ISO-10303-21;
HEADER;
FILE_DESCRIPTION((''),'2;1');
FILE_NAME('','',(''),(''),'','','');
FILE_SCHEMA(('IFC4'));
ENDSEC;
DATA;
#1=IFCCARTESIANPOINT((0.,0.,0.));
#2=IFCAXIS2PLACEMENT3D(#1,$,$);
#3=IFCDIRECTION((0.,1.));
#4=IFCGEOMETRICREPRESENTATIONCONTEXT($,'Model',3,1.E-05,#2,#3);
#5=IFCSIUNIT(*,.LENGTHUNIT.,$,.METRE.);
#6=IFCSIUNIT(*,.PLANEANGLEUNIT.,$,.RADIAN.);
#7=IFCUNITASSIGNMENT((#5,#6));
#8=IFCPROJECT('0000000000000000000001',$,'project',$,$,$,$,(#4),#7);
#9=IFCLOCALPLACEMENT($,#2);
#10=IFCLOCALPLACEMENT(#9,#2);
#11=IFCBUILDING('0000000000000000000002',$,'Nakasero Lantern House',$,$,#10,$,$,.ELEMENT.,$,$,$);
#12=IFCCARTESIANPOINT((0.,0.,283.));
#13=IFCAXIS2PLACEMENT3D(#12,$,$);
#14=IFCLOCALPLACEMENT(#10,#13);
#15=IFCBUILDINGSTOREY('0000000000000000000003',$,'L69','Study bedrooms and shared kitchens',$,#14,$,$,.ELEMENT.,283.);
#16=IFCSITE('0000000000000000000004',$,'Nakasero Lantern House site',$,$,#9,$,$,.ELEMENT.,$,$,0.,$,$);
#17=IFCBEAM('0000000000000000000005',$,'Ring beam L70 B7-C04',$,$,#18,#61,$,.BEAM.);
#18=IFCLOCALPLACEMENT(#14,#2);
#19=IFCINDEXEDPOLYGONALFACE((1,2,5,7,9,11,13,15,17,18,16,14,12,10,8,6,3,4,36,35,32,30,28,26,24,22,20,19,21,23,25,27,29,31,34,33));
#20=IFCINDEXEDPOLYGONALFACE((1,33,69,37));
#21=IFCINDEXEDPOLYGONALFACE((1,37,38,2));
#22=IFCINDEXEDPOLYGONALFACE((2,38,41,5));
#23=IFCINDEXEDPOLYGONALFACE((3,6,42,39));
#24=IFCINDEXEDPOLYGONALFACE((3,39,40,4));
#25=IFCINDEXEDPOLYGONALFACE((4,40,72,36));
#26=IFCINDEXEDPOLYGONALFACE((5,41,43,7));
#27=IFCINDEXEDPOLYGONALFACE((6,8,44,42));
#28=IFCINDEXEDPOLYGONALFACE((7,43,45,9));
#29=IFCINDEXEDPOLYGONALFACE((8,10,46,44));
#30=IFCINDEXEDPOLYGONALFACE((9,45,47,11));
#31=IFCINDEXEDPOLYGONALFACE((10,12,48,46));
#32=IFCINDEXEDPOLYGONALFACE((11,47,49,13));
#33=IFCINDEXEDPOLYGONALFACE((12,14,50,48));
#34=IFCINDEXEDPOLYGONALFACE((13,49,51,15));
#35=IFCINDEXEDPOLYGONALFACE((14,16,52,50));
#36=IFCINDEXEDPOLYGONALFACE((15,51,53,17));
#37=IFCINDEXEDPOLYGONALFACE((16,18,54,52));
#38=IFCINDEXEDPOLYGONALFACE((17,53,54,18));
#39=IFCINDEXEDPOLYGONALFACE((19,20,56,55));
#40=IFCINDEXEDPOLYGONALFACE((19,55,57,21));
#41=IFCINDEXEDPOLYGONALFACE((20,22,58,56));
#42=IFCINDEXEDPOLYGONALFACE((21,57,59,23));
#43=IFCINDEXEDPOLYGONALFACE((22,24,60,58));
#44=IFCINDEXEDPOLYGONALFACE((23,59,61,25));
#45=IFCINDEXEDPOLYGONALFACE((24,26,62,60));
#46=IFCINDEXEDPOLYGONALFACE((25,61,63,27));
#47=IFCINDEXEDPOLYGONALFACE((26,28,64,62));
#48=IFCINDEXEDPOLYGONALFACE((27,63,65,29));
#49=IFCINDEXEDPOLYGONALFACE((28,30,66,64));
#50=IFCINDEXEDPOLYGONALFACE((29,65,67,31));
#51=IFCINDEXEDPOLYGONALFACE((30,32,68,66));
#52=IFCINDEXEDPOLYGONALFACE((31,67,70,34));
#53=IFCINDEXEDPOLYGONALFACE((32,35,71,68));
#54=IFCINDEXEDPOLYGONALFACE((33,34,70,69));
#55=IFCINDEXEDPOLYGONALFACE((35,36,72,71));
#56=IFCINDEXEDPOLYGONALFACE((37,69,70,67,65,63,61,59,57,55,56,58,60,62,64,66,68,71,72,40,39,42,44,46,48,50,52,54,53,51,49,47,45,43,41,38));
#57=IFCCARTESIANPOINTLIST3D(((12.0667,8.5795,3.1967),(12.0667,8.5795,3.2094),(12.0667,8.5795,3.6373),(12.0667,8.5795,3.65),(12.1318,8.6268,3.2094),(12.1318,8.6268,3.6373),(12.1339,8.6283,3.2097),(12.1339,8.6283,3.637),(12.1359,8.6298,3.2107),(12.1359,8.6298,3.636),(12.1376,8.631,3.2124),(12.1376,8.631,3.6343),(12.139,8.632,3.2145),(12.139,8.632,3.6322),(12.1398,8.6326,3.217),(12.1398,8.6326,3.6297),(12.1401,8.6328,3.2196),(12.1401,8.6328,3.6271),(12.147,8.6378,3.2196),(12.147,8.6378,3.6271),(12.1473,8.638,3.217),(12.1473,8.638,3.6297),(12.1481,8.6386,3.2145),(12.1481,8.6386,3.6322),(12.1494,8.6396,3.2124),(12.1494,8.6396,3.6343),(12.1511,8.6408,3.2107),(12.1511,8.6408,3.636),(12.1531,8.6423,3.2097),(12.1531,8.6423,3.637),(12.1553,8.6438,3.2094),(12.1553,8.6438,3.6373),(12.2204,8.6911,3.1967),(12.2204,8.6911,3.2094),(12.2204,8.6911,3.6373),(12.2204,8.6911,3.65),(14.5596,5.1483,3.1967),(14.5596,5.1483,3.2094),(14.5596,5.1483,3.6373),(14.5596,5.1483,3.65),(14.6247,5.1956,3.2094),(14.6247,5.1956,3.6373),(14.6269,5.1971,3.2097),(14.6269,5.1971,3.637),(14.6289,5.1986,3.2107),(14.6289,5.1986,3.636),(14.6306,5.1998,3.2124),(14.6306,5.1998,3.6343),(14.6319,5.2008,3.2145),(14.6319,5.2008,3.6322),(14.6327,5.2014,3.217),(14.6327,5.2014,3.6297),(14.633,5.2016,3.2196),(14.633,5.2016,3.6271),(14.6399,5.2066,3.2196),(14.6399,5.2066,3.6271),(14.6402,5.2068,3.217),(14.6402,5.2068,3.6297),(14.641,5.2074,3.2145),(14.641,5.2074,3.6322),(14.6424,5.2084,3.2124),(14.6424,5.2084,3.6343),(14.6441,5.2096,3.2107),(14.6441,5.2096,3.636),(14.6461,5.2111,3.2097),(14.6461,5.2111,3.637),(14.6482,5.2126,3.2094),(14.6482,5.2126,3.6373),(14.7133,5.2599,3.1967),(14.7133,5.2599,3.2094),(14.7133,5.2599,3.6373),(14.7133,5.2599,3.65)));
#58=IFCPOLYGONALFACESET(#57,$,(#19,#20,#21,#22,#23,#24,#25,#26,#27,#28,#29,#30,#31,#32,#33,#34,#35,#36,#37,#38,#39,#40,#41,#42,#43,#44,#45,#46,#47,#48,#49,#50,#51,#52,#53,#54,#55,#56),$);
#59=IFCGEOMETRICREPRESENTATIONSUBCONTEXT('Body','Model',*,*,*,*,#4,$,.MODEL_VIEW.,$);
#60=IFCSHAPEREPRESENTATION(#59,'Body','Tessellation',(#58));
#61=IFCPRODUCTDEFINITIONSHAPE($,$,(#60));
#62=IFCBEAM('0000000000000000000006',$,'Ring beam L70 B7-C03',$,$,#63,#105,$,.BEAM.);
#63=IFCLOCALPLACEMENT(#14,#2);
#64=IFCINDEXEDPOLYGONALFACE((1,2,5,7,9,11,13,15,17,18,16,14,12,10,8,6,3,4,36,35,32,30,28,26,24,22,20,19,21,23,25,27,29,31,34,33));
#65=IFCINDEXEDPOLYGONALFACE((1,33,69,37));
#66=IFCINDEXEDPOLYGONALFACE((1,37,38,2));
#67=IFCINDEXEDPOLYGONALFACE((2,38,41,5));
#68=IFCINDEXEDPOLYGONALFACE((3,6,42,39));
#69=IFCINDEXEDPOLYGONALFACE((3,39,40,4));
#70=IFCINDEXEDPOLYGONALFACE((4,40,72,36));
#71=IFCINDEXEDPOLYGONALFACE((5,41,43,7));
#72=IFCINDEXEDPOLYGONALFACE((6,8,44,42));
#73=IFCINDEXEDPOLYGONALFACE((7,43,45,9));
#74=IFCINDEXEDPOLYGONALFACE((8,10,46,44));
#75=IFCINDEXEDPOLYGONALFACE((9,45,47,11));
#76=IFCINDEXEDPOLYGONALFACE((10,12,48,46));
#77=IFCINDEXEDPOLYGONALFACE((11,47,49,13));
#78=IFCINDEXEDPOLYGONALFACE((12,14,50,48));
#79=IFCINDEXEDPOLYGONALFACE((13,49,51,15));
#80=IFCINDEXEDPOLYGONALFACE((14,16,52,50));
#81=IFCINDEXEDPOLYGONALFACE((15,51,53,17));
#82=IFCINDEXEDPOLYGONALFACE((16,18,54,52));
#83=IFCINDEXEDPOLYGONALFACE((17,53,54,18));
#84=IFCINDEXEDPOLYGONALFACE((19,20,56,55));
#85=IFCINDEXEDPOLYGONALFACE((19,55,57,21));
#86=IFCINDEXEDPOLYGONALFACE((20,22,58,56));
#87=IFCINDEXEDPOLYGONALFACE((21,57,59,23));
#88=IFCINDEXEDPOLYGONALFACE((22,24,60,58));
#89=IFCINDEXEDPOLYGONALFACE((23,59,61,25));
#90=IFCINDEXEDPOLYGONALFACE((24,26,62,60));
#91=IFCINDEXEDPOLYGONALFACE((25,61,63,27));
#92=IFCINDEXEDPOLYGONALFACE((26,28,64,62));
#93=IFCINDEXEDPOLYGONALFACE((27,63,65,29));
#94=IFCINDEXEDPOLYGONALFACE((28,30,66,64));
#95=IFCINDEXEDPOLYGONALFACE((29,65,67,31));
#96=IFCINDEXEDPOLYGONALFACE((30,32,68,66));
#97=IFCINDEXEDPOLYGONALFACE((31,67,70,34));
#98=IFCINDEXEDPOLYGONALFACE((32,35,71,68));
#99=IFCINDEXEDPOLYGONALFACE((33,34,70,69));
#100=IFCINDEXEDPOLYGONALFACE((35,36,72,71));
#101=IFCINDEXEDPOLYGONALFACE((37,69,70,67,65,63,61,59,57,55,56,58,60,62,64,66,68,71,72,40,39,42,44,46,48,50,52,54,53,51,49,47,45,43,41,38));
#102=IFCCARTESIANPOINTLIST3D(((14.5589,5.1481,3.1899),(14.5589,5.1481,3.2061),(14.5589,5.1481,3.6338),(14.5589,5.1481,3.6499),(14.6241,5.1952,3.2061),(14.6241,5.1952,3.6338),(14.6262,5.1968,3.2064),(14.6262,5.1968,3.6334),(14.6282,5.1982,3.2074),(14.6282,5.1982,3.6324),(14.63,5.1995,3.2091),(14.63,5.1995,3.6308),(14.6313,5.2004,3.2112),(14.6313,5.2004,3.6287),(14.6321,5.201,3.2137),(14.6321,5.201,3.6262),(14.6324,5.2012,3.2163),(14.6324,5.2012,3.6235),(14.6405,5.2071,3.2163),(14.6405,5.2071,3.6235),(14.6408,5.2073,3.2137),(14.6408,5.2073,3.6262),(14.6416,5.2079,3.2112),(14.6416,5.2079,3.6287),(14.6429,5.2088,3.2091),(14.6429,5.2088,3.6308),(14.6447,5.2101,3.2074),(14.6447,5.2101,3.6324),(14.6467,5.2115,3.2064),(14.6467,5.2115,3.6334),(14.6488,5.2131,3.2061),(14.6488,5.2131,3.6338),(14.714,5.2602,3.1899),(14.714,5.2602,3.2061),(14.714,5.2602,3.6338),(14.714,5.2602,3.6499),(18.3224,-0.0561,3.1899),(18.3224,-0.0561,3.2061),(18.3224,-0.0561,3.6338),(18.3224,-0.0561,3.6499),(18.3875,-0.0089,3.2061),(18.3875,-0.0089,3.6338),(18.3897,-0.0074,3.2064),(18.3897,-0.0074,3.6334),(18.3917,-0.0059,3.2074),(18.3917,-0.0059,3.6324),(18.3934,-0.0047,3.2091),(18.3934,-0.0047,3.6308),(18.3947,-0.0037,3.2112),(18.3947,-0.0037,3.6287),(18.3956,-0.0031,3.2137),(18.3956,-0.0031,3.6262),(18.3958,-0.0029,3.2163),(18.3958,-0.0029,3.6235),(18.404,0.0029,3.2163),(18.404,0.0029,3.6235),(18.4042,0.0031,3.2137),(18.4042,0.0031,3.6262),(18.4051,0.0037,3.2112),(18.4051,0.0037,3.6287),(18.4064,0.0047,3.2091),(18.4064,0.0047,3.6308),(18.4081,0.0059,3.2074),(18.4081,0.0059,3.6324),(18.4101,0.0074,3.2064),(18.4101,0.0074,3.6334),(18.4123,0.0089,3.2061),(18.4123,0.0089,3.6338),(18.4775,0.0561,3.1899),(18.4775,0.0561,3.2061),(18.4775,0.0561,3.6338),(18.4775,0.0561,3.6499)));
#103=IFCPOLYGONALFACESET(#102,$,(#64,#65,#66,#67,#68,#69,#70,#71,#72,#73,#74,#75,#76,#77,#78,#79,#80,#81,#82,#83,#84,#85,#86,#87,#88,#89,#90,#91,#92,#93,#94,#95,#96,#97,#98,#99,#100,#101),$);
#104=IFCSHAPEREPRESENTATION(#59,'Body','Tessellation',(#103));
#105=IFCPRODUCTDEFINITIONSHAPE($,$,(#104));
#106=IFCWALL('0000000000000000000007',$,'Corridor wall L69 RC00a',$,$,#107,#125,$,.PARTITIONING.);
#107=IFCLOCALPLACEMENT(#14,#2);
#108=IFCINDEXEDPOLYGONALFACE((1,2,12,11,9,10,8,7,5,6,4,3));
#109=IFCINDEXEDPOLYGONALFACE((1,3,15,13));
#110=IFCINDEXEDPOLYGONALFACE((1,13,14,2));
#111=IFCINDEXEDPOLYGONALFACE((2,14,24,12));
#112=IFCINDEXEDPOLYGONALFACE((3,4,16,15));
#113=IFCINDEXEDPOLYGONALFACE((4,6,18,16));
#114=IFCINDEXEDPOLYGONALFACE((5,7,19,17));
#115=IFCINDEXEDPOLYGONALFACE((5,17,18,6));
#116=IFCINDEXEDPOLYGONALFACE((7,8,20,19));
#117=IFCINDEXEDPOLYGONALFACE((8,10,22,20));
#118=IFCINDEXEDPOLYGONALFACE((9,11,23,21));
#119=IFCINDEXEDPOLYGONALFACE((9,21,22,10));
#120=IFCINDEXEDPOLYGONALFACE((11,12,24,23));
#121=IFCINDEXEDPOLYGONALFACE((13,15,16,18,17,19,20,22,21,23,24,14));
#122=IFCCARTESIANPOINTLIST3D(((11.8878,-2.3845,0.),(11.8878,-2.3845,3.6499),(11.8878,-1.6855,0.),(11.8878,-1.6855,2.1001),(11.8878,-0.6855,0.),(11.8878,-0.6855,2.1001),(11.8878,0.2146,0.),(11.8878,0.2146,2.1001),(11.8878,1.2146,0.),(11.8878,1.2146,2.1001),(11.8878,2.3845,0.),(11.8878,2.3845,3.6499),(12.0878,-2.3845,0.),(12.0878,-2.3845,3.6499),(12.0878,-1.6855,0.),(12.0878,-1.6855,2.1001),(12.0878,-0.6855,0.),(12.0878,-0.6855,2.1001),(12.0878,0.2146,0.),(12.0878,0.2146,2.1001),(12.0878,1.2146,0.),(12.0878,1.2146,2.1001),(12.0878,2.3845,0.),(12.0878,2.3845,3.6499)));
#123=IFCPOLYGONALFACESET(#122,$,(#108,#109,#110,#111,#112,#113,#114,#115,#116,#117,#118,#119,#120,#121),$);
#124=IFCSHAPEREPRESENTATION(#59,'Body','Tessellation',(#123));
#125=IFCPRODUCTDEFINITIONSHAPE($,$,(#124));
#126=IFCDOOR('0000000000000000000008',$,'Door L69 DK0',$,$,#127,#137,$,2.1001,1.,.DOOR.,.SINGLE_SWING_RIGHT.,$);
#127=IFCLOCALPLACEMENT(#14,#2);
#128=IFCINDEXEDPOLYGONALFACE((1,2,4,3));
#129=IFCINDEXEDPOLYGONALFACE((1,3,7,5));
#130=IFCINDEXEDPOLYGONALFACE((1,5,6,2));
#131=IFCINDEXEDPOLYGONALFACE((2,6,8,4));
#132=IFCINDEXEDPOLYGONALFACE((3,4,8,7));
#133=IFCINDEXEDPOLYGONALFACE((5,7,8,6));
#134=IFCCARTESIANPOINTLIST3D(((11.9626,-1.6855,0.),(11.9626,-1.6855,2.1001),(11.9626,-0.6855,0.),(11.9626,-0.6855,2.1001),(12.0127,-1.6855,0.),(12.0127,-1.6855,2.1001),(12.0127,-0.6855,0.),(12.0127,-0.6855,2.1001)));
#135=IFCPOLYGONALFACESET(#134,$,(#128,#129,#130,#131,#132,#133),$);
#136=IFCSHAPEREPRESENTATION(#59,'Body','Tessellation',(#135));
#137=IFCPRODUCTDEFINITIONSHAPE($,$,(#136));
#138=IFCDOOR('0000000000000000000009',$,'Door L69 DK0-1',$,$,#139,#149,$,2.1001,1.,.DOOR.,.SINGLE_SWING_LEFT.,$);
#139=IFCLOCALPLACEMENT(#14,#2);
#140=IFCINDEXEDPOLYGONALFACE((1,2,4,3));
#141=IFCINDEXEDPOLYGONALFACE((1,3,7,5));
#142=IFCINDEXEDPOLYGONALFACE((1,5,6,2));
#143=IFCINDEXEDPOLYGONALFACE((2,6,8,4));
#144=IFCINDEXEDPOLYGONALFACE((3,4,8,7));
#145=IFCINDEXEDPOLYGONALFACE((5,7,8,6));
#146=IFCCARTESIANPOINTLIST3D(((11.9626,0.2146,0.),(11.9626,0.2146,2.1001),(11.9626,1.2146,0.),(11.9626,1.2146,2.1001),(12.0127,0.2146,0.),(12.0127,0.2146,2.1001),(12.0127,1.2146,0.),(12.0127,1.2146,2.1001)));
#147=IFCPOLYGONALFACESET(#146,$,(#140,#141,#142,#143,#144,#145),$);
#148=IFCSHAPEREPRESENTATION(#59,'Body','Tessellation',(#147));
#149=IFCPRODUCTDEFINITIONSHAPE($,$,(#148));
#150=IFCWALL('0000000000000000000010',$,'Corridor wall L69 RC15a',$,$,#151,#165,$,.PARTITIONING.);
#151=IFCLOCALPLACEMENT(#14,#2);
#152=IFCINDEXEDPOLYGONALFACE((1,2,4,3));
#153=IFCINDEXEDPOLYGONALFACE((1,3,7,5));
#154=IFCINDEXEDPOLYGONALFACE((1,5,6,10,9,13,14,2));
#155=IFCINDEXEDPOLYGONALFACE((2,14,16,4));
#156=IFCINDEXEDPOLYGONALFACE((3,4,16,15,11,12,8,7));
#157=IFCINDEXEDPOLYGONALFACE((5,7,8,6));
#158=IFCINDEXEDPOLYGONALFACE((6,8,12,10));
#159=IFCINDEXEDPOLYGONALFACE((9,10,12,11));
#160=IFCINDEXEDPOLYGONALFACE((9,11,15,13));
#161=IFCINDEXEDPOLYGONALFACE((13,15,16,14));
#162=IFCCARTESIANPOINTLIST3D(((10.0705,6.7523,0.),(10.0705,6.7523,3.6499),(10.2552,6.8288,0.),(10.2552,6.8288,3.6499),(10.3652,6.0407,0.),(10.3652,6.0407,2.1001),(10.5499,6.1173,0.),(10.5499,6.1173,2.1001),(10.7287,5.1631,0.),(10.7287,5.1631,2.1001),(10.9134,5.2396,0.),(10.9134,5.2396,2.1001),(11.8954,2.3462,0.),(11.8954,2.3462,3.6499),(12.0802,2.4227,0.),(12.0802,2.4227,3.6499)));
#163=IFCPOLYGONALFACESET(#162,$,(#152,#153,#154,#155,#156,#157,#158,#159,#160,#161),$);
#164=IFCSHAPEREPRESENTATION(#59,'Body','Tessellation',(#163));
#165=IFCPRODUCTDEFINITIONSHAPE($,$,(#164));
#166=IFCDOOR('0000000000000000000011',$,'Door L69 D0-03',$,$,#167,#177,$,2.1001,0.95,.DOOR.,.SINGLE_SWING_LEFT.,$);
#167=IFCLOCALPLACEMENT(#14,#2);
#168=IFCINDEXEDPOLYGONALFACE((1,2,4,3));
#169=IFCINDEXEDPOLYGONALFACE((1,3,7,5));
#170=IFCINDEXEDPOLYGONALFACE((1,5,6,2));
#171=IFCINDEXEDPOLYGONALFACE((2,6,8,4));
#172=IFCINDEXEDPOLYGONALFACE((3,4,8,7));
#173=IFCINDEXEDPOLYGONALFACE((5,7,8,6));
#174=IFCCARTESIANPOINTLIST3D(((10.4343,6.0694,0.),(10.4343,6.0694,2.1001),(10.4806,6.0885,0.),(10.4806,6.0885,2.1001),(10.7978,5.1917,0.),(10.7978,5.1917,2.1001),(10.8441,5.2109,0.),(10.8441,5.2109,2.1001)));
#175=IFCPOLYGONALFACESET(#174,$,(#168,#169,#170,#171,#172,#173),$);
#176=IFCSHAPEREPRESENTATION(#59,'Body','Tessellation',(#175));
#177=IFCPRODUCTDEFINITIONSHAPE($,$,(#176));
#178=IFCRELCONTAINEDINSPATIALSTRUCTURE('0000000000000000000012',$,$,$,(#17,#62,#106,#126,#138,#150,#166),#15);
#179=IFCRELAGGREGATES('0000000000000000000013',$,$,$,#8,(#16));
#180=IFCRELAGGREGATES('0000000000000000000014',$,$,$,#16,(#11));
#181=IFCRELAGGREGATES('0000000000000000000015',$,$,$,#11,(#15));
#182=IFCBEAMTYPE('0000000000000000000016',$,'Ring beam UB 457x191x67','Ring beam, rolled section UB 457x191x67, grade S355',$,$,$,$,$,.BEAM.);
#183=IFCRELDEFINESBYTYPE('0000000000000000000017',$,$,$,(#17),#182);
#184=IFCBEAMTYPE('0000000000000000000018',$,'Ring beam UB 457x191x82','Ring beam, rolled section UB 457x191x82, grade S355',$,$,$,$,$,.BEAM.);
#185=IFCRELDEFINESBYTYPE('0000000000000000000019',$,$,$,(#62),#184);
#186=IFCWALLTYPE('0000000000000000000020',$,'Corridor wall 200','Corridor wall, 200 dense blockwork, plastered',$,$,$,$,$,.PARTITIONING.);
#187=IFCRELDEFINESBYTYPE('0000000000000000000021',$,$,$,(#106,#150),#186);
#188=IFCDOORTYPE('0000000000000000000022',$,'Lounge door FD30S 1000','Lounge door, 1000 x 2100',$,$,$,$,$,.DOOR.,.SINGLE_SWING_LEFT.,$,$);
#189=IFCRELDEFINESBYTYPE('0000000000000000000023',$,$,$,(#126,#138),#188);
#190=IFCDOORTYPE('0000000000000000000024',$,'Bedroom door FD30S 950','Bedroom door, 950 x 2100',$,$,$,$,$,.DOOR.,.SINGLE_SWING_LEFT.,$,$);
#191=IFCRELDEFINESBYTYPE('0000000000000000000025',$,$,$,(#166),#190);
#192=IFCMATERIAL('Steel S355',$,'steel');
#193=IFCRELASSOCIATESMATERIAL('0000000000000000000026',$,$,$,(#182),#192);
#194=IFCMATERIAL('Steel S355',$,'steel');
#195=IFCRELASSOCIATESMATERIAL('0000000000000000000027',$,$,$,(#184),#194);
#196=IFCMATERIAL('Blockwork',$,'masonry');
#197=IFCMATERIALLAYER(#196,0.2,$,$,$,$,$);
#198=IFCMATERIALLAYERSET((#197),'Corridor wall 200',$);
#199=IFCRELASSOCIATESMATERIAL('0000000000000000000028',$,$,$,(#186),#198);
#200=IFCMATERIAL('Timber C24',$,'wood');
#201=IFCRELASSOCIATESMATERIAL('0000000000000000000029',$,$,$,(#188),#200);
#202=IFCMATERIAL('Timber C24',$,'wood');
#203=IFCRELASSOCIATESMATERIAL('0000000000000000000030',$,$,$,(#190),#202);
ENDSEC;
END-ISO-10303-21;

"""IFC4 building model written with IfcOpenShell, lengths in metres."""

from ifc_helpers import new_model, si_unit, direction, frame, frame_2d, origin, origin_2d, place, context, subcontext, project, spatial, rectangle, i_section, extrude, material, layer, layer_set, material_profile, profile_set, type_object, element, fill, save


model = new_model("IFC4")

# Units and contexts
model_context = context("Model", 3, precision=1e-05, world=origin(), true_north=direction((0.0, 1.0)))
body_context = subcontext(model_context, "Body", "Model", "MODEL_VIEW")
ifc_project = project(units=[si_unit("LENGTHUNIT", "METRE"), si_unit("PLANEANGLEUNIT", "RADIAN")], contexts=[model_context])

# Site, building, storey
site_placement = place(None, origin())
site = spatial("IfcSite", under=ifc_project, at=site_placement, Name="Nakasero Lantern House site", CompositionType="ELEMENT", RefElevation=0.0)
building_placement = place(site_placement, origin())
building = spatial("IfcBuilding", under=site, at=building_placement, Name="Nakasero Lantern House", CompositionType="ELEMENT")
storey_placement = place(building_placement, frame((0.0, 0.0, 283.0)))
storey = spatial("IfcBuildingStorey", under=building, at=storey_placement, Name="L69", Description="Study bedrooms and shared kitchens", CompositionType="ELEMENT", Elevation=283.0)

# Beams
ifc_material_1 = material(Name="Steel S355", Category="steel")
ifc_material_profile_1 = material_profile(ifc_material_1, i_section(OverallWidth=0.1899, OverallDepth=0.4534, WebThickness=0.0085, FlangeThickness=0.0127, FilletRadius=0.0103, at=origin_2d()), Name="UB 457x191x67")
ifc_profile_set_1 = profile_set([ifc_material_profile_1], Name="Steel S355")
beam_type_1 = type_object("IfcBeamType", Name="Ring beam UB 457x191x67", Description="Ring beam, rolled section UB 457x191x67, grade S355", PredefinedType="BEAM", material=ifc_profile_set_1)
beam_1_placement = place(storey_placement, frame((14.6365, 5.2041, 3.4233), z_axis=(-0.587792, 0.809012, 0.0), x_axis=(-0.809012, -0.587792, 0.0)))
element("IfcBeam", 1, at=beam_1_placement, inside=storey, type_object=beam_type_1, Name="Ring beam L70 B7-C04", PredefinedType="BEAM", context=body_context, shape_type="SweptSolid", body=[
    extrude(i_section(OverallWidth=0.1899, OverallDepth=0.4534, WebThickness=0.0085, FlangeThickness=0.0127, FilletRadius=0.0103, at=origin_2d()), origin(), (0.0, 0.0, 1.0), 4.2412),
])
ifc_material_2 = material(Name="Steel S355", Category="steel")
ifc_material_profile_2 = material_profile(ifc_material_2, i_section(OverallWidth=0.1914, OverallDepth=0.46, WebThickness=0.01, FlangeThickness=0.0161, FilletRadius=0.0103, at=origin_2d()), Name="UB 457x191x82")
ifc_profile_set_2 = profile_set([ifc_material_profile_2], Name="Steel S355")
beam_type_2 = type_object("IfcBeamType", Name="Ring beam UB 457x191x82", Description="Ring beam, rolled section UB 457x191x82, grade S355", PredefinedType="BEAM", material=ifc_profile_set_2)
beam_2_placement = place(storey_placement, frame((18.3999, 0.0, 3.4199), z_axis=(-0.585993, 0.810316, 0.0), x_axis=(-0.810316, -0.585993, 0.0)))
element("IfcBeam", 2, at=beam_2_placement, inside=storey, type_object=beam_type_2, Name="Ring beam L70 B7-C03", PredefinedType="BEAM", context=body_context, shape_type="SweptSolid", body=[
    extrude(i_section(OverallWidth=0.1914, OverallDepth=0.46, WebThickness=0.01, FlangeThickness=0.0161, FilletRadius=0.0103, at=origin_2d()), origin(), (0.0, 0.0, 1.0), 6.4224),
])

# Wall, openings, doors
ifc_material_3 = material(Name="Blockwork", Category="masonry")
ifc_layer_1 = layer(ifc_material_3, 0.2)
ifc_layer_set_1 = layer_set([ifc_layer_1], Name="Corridor wall 200")
wall_type_1 = type_object("IfcWallType", Name="Corridor wall 200", Description="Corridor wall, 200 dense blockwork, plastered", PredefinedType="PARTITIONING", material=ifc_layer_set_1)
wall_1_placement = place(storey_placement, frame((11.9878, 2.3845, 0.0), z_axis=(0.0, 0.0, 1.0), x_axis=(0.0, -1.0, 0.0)))
wall_1 = element("IfcWall", 3, at=wall_1_placement, inside=storey, type_object=wall_type_1, Name="Corridor wall L69 RC00a", PredefinedType="PARTITIONING", context=body_context, shape_type="SweptSolid", body=[
    extrude(rectangle(XDim=4.769, YDim=0.2, at=frame_2d((2.3845, 0.0))), origin(), (0.0, 0.0, 1.0), 3.6499),
])
opening_1_placement = place(wall_1_placement, frame((3.0701, 0.0, 0.0)))
opening_1 = element("IfcOpeningElement", 4, at=opening_1_placement, cuts=wall_1, PredefinedType="OPENING", context=body_context, shape_type="SweptSolid", body=[
    extrude(rectangle(XDim=1.0, YDim=2.1001, at=frame_2d((0.5, 1.05))), frame((0.0, 0.1199, 0.0), z_axis=(0.0, -1.0, 0.0), x_axis=(1.0, 0.0, 0.0)), (0.0, 0.0, 1.0), 0.24),
])
opening_2_placement = place(wall_1_placement, frame((1.1699, 0.0, 0.0)))
opening_2 = element("IfcOpeningElement", 5, at=opening_2_placement, cuts=wall_1, PredefinedType="OPENING", context=body_context, shape_type="SweptSolid", body=[
    extrude(rectangle(XDim=1.0, YDim=2.1001, at=frame_2d((0.5, 1.05))), frame((0.0, 0.1199, 0.0), z_axis=(0.0, -1.0, 0.0), x_axis=(1.0, 0.0, 0.0)), (0.0, 0.0, 1.0), 0.24),
])
ifc_material_4 = material(Name="Timber C24", Category="wood")
door_type_1 = type_object("IfcDoorType", Name="Lounge door FD30S 1000", Description="Lounge door, 1000 x 2100", OperationType="SINGLE_SWING_LEFT", PredefinedType="DOOR", material=ifc_material_4)
door_1_placement = place(opening_1_placement, origin())
door_1 = element("IfcDoor", 6, at=door_1_placement, inside=storey, type_object=door_type_1, Name="Door L69 DK0", OperationType="SINGLE_SWING_RIGHT", OverallHeight=2.1001, OverallWidth=1.0, PredefinedType="DOOR", context=body_context, shape_type="SweptSolid", body=[
    extrude(rectangle(XDim=1.0, YDim=2.1001, at=frame_2d((0.5, 1.05))), frame((0.0, 0.0249, 0.0), z_axis=(0.0, -1.0, 0.0), x_axis=(1.0, 0.0, 0.0)), (0.0, 0.0, 1.0), 0.05),
])
fill(opening_1, door_1)
door_2_placement = place(opening_2_placement, origin())
door_2 = element("IfcDoor", 7, at=door_2_placement, inside=storey, type_object=door_type_1, Name="Door L69 DK0-1", OperationType="SINGLE_SWING_LEFT", OverallHeight=2.1001, OverallWidth=1.0, PredefinedType="DOOR", context=body_context, shape_type="SweptSolid", body=[
    extrude(rectangle(XDim=1.0, YDim=2.1001, at=frame_2d((0.5, 1.05))), frame((0.0, 0.0249, 0.0), z_axis=(0.0, -1.0, 0.0), x_axis=(1.0, 0.0, 0.0)), (0.0, 0.0, 1.0), 0.05),
])
fill(opening_2, door_2)

# Wall, opening, door
wall_2_placement = place(storey_placement, frame((10.1628, 6.7905, 0.0), z_axis=(0.0, 0.0, 1.0), x_axis=(0.38267, -0.923885, 0.0)))
wall_2 = element("IfcWall", 8, at=wall_2_placement, inside=storey, type_object=wall_type_1, Name="Corridor wall L69 RC15a", PredefinedType="PARTITIONING", context=body_context, shape_type="SweptSolid", body=[
    extrude(rectangle(XDim=4.769, YDim=0.2, at=frame_2d((2.3845, 0.0))), origin(), (0.0, 0.0, 1.0), 3.6499),
])
opening_3_placement = place(wall_2_placement, frame((0.77, 0.0, 0.0)))
opening_3 = element("IfcOpeningElement", 9, at=opening_3_placement, cuts=wall_2, PredefinedType="OPENING", context=body_context, shape_type="SweptSolid", body=[
    extrude(rectangle(XDim=0.95, YDim=2.1001, at=frame_2d((0.4751, 1.05))), frame((0.0, 0.1199, 0.0), z_axis=(0.0, -1.0, 0.0), x_axis=(1.0, 0.0, 0.0)), (0.0, 0.0, 1.0), 0.24),
])
ifc_material_5 = material(Name="Timber C24", Category="wood")
door_type_2 = type_object("IfcDoorType", Name="Bedroom door FD30S 950", Description="Bedroom door, 950 x 2100", OperationType="SINGLE_SWING_LEFT", PredefinedType="DOOR", material=ifc_material_5)
door_3_placement = place(opening_3_placement, origin())
door_3 = element("IfcDoor", 10, at=door_3_placement, inside=storey, type_object=door_type_2, Name="Door L69 D0-03", OperationType="SINGLE_SWING_LEFT", OverallHeight=2.1001, OverallWidth=0.95, PredefinedType="DOOR", context=body_context, shape_type="SweptSolid", body=[
    extrude(rectangle(XDim=0.95, YDim=2.1001, at=frame_2d((0.4751, 1.05))), frame((0.0, 0.0249, 0.0), z_axis=(0.0, -1.0, 0.0), x_axis=(1.0, 0.0, 0.0)), (0.0, 0.0, 1.0), 0.05),
])
fill(opening_3, door_3)

save(model, "model.ifc")
